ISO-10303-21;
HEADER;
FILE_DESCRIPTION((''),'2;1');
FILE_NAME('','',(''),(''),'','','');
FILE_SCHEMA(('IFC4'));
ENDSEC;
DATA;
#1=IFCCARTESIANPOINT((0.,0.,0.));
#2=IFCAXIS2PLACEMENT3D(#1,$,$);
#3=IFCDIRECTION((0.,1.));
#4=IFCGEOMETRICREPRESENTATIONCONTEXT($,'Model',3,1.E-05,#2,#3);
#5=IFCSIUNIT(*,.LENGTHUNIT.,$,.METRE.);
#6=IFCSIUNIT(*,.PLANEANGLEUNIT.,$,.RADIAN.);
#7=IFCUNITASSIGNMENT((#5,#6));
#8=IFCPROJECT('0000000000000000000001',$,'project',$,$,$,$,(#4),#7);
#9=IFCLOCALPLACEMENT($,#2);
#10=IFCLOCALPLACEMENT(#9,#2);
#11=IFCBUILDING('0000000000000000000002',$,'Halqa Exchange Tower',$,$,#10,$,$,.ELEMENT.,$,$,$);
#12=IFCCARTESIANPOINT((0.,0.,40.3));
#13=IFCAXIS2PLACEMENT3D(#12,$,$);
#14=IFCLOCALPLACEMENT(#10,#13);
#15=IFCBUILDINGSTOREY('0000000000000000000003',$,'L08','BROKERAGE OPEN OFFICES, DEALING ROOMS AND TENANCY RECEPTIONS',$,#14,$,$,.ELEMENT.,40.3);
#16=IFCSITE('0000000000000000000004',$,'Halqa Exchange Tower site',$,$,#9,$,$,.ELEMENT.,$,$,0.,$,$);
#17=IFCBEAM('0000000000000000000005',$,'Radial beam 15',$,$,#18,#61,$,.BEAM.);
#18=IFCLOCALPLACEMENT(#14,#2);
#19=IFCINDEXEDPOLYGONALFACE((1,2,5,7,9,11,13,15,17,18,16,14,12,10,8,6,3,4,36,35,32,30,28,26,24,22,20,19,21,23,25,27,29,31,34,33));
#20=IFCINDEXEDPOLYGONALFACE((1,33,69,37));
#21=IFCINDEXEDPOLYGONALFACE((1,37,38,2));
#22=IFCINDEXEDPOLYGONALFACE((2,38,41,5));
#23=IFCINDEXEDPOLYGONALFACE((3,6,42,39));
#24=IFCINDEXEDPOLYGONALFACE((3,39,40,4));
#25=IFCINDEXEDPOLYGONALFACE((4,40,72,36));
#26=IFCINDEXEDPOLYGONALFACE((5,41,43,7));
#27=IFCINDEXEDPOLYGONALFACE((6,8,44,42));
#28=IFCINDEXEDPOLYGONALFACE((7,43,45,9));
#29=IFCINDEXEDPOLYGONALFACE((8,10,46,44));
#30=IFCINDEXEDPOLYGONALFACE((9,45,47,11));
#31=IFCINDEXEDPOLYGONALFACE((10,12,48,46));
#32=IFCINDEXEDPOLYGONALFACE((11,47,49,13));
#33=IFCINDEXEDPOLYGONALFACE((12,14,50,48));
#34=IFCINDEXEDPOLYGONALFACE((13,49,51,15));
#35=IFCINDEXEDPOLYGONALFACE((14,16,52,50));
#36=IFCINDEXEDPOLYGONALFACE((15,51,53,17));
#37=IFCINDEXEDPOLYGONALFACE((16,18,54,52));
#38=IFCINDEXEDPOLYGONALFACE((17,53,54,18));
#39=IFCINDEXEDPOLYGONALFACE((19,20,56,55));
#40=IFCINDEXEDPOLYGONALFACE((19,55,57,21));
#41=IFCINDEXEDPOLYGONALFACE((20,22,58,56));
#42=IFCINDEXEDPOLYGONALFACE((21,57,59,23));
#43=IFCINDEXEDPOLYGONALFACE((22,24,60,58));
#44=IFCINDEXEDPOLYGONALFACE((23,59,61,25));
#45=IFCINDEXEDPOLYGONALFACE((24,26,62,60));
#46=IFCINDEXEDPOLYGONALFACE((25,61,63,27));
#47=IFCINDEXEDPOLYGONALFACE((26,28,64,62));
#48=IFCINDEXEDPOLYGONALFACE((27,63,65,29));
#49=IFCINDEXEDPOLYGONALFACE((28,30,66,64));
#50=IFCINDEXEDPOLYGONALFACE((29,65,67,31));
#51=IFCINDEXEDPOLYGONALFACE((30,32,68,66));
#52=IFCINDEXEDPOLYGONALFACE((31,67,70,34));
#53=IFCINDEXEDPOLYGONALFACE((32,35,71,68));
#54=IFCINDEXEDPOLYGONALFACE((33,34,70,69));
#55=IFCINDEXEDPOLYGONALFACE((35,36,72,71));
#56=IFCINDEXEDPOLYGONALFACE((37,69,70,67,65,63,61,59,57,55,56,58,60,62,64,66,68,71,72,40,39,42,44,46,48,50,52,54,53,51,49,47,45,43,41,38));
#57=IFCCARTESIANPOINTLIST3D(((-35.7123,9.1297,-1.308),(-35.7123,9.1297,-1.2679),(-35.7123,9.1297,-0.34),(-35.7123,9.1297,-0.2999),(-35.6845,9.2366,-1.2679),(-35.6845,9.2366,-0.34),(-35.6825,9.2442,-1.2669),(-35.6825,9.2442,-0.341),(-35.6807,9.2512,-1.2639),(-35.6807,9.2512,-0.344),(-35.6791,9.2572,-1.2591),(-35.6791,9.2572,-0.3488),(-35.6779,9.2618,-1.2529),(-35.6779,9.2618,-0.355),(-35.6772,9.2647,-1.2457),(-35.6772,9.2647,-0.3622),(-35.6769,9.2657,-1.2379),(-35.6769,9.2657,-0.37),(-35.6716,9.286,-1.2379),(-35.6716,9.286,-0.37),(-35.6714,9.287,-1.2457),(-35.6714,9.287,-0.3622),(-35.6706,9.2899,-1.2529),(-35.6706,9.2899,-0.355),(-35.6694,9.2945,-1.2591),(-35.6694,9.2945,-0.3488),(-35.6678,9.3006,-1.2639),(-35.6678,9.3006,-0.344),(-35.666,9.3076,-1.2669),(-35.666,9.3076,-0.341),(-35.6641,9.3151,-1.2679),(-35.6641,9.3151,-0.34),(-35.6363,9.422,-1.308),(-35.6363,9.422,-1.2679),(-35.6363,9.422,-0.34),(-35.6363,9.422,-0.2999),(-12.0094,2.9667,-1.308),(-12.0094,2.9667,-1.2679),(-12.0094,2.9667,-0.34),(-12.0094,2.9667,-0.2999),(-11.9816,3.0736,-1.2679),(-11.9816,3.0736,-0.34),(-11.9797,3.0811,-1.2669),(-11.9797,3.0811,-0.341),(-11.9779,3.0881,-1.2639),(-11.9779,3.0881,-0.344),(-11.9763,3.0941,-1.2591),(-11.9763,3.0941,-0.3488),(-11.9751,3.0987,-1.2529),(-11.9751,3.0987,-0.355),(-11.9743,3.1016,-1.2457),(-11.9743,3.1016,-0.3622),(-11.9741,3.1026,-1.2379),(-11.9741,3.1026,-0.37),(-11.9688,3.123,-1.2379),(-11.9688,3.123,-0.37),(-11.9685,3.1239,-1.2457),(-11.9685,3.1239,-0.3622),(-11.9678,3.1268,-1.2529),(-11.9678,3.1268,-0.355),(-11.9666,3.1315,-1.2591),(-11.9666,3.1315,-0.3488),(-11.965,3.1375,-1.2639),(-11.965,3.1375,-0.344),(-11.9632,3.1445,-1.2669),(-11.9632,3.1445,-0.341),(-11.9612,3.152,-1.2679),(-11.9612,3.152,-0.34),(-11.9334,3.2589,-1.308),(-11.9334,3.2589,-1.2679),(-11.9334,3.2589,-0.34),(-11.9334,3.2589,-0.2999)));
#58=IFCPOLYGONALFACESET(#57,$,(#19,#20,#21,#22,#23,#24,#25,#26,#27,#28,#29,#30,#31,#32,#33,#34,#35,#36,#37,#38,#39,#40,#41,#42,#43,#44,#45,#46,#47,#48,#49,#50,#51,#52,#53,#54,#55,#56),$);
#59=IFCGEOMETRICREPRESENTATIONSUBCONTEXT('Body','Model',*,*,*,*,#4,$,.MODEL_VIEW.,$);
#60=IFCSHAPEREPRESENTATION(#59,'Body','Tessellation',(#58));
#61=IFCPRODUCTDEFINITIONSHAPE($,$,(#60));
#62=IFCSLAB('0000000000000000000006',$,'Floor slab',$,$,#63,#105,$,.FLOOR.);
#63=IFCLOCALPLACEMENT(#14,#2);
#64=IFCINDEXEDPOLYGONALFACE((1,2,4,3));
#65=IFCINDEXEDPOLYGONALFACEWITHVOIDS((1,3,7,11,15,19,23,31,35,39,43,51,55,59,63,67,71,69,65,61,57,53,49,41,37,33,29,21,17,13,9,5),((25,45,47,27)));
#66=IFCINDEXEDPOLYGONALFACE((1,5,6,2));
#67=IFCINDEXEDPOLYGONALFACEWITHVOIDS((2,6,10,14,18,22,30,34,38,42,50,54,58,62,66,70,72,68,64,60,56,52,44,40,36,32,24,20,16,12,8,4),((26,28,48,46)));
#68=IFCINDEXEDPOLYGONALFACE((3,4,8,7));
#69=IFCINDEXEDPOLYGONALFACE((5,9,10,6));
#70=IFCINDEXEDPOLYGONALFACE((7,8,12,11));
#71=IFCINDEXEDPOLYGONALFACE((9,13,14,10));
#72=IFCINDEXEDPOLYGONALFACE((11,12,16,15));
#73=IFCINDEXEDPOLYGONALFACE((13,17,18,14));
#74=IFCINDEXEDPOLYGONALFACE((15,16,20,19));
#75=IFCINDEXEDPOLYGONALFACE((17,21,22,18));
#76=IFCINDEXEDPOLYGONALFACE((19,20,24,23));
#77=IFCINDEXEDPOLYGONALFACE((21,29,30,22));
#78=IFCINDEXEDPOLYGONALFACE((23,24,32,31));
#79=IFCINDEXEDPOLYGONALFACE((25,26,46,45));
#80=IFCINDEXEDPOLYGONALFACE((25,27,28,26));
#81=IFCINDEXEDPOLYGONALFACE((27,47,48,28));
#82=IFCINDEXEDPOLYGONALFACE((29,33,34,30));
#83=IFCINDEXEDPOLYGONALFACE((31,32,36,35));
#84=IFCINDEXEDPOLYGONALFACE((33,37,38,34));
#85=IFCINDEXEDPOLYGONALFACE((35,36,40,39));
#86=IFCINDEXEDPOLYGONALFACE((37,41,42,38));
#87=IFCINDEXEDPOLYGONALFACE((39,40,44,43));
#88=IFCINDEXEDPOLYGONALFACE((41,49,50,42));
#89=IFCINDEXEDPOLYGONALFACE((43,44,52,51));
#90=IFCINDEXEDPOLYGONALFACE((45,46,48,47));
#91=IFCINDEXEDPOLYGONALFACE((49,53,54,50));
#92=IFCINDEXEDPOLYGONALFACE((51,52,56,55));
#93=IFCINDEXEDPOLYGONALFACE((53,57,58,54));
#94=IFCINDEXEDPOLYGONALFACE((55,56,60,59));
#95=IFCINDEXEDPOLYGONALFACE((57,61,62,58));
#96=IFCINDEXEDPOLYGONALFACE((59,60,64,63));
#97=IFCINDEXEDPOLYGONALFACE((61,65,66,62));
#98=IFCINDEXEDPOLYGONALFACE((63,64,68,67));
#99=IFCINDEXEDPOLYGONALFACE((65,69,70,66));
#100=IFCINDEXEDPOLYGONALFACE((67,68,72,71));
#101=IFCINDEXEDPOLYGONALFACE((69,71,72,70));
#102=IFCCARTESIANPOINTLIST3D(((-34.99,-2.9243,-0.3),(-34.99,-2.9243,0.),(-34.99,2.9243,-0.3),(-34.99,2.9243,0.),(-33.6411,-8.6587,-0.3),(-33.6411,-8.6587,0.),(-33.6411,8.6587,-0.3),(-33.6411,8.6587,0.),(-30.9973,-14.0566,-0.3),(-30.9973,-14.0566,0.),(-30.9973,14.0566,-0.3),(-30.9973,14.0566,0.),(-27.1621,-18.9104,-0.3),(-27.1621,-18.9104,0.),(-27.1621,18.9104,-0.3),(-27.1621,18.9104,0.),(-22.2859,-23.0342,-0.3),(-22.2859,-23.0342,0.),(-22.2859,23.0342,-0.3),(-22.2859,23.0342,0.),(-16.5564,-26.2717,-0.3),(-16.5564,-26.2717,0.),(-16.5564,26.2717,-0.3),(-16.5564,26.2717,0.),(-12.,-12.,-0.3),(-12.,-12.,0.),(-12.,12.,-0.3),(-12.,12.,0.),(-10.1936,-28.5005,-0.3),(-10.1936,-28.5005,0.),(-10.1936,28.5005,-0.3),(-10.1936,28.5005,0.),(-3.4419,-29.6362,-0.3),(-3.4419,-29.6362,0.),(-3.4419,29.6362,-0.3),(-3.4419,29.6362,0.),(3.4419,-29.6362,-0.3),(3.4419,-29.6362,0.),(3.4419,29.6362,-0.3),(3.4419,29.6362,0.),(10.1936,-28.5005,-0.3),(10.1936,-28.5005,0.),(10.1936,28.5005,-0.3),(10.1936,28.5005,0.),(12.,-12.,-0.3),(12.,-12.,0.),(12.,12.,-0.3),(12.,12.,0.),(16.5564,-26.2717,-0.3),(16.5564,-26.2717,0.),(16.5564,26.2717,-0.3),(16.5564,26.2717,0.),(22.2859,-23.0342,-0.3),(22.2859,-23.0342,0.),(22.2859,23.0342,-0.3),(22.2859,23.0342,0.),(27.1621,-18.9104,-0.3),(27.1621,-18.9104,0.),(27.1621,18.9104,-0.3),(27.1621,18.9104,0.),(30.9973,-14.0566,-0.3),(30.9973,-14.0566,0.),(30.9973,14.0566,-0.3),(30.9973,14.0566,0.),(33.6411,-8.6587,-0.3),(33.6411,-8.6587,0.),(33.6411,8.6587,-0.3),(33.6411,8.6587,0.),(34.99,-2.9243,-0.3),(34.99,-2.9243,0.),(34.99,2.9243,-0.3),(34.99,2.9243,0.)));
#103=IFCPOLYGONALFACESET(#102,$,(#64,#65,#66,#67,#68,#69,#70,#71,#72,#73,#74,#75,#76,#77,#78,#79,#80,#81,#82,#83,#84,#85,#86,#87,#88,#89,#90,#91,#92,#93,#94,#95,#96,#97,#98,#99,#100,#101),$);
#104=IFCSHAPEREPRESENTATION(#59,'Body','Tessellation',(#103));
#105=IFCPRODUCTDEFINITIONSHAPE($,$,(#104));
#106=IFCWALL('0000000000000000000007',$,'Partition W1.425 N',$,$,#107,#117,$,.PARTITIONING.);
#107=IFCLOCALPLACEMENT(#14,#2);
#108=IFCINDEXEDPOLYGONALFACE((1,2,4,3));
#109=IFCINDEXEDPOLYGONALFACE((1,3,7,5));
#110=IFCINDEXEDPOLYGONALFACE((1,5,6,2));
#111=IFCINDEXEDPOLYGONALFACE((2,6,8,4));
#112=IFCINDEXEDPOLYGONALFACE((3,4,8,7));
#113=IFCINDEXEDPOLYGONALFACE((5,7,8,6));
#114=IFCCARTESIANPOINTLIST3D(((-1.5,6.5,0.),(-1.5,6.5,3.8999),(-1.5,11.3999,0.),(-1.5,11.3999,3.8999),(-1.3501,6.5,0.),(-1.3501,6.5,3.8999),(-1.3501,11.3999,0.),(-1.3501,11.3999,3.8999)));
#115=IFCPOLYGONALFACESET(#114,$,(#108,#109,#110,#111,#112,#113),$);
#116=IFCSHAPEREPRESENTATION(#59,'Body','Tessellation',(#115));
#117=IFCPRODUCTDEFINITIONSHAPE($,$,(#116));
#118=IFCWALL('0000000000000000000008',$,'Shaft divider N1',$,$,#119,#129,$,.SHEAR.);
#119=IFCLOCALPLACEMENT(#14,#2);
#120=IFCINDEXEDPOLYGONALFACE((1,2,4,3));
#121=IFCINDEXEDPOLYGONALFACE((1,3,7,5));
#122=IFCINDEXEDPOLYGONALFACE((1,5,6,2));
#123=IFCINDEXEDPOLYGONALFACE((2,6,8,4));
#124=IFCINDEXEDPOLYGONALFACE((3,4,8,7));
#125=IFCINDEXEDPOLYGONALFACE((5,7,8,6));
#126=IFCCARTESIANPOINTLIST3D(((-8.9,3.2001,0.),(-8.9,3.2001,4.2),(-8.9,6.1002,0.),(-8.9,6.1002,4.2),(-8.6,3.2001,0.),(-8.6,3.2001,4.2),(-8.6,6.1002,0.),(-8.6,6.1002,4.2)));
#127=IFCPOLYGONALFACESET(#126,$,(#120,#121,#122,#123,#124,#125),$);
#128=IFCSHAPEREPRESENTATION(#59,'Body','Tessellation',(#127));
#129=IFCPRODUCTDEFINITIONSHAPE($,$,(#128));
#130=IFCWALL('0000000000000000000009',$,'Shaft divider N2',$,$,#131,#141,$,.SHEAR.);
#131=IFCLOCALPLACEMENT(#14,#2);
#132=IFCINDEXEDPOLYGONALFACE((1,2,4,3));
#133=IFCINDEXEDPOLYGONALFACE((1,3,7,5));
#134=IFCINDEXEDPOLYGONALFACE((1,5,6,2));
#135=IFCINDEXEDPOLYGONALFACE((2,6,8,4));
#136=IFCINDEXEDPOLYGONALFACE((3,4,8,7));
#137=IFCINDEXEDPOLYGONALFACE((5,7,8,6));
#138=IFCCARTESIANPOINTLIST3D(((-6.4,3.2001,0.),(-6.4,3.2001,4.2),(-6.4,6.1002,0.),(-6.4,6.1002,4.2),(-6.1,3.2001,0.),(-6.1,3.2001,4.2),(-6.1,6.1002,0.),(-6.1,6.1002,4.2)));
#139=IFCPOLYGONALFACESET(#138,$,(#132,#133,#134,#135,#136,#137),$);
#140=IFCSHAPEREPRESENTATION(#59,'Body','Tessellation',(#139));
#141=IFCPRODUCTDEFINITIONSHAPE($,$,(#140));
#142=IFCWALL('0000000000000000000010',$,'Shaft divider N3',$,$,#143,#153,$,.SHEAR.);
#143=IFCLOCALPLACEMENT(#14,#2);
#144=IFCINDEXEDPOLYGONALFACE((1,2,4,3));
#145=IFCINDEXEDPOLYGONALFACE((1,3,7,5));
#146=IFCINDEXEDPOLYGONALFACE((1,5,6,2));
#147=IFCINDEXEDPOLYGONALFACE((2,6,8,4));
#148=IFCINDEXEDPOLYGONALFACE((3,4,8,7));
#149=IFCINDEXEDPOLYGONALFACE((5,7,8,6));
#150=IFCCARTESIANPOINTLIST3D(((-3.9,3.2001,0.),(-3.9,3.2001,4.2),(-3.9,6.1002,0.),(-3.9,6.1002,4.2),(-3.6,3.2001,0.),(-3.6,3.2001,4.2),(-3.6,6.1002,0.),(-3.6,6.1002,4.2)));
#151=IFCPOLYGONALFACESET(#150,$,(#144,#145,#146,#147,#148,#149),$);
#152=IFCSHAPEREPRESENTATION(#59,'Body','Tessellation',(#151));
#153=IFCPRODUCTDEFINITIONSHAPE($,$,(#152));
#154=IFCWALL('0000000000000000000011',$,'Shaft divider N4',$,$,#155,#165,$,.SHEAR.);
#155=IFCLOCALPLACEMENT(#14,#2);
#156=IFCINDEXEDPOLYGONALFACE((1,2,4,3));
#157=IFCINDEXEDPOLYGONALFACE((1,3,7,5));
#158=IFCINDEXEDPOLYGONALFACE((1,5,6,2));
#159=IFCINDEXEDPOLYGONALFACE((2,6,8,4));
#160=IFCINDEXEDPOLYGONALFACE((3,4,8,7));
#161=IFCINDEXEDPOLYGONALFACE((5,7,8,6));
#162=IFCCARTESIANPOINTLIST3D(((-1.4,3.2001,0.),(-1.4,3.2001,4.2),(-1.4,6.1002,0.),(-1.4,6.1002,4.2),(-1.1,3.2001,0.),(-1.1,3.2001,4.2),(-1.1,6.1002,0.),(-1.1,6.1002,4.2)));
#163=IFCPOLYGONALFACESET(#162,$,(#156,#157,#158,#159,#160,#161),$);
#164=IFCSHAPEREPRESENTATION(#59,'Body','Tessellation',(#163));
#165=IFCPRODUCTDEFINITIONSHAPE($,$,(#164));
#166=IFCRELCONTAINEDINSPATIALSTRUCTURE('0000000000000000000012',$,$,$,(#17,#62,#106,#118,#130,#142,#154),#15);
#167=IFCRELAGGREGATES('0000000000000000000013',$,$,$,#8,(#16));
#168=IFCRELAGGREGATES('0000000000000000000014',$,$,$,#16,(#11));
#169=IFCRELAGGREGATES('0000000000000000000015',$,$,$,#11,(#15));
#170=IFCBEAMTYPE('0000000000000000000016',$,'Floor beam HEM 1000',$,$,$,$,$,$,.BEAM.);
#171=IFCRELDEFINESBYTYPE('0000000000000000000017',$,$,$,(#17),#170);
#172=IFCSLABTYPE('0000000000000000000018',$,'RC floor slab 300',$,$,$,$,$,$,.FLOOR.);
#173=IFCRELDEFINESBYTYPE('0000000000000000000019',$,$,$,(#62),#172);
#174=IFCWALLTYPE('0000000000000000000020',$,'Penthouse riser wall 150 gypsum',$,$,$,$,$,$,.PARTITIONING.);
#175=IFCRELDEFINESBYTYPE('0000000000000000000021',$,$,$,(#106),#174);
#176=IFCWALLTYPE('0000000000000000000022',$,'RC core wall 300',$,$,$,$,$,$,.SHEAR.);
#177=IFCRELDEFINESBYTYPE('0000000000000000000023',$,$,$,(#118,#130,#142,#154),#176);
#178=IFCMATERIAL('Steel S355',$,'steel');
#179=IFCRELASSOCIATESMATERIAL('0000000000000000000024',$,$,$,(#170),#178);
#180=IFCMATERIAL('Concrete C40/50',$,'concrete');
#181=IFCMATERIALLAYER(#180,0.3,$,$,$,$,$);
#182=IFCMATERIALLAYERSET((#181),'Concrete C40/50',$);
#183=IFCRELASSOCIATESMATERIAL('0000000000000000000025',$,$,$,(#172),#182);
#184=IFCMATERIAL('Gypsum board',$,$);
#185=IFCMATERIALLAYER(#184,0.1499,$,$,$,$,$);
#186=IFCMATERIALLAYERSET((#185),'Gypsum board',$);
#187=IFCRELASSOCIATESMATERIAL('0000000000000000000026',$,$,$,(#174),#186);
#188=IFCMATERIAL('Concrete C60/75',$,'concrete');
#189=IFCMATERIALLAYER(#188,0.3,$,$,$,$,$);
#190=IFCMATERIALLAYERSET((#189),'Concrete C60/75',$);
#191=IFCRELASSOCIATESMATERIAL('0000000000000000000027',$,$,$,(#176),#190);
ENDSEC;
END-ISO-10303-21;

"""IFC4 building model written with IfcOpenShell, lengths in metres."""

from ifc_helpers import new_model, si_unit, direction, frame, frame_2d, origin, origin_2d, place, context, subcontext, project, spatial, polyline, rectangle, i_section, outline, extrude, material, layer, layer_set, material_profile, profile_set, type_object, element, save


model = new_model("IFC4")

# Units and contexts
model_context = context("Model", 3, precision=1e-05, world=origin(), true_north=direction((0.0, 1.0)))
body_context = subcontext(model_context, "Body", "Model", "MODEL_VIEW")
ifc_project = project(units=[si_unit("LENGTHUNIT", "METRE"), si_unit("PLANEANGLEUNIT", "RADIAN")], contexts=[model_context])

# Site, building, storey
site_placement = place(None, origin())
site = spatial("IfcSite", under=ifc_project, at=site_placement, Name="Halqa Exchange Tower site", CompositionType="ELEMENT", RefElevation=0.0)
building_placement = place(site_placement, origin())
building = spatial("IfcBuilding", under=site, at=building_placement, Name="Halqa Exchange Tower", CompositionType="ELEMENT")
storey_placement = place(building_placement, frame((0.0, 0.0, 40.3)))
storey = spatial("IfcBuildingStorey", under=building, at=storey_placement, Name="L08", Description="BROKERAGE OPEN OFFICES, DEALING ROOMS AND TENANCY RECEPTIONS", CompositionType="ELEMENT", Elevation=40.3)

# Beam
ifc_material_1 = material(Name="Steel S355", Category="steel")
ifc_material_profile = material_profile(ifc_material_1, i_section(OverallWidth=0.302, OverallDepth=1.0081, WebThickness=0.021, FlangeThickness=0.04, FilletRadius=0.03, at=origin_2d()), Name="HEM 1000")
ifc_profile_set = profile_set([ifc_material_profile], Name="Steel S355")
beam_type = type_object("IfcBeamType", Name="Floor beam HEM 1000", PredefinedType="BEAM", material=ifc_profile_set)
beam_placement = place(storey_placement, frame((-11.9714, 3.1128, -0.804), z_axis=(-0.967819, 0.251647, 0.0), x_axis=(-0.251647, -0.967819, 0.0)))
element("IfcBeam", 1, at=beam_placement, inside=storey, type_object=beam_type, Name="Radial beam 15", PredefinedType="BEAM", context=body_context, shape_type="SweptSolid", body=[
    extrude(i_section(OverallWidth=0.302, OverallDepth=1.0081, WebThickness=0.021, FlangeThickness=0.04, FilletRadius=0.03, at=origin_2d()), origin(), (0.0, 0.0, 1.0), 24.491),
])

# Slab
ifc_material_2 = material(Name="Concrete C40/50", Category="concrete")
ifc_layer_1 = layer(ifc_material_2, 0.3)
ifc_layer_set_1 = layer_set([ifc_layer_1], Name="Concrete C40/50")
slab_type = type_object("IfcSlabType", Name="RC floor slab 300", PredefinedType="FLOOR", material=ifc_layer_set_1)
slab_placement = place(storey_placement, frame((0.0, 0.0, -0.3)))
element("IfcSlab", 2, at=slab_placement, inside=storey, type_object=slab_type, Name="Floor slab", PredefinedType="FLOOR", context=body_context, shape_type="SweptSolid", body=[
    extrude(outline(polyline([(34.99, 2.9243), (33.6411, 8.6587), (30.9973, 14.0566), (27.1621, 18.9104), (22.2859, 23.0342), (16.5564, 26.2717), (10.1936, 28.5005), (3.4419, 29.6362), (-3.4419, 29.6362), (-10.1936, 28.5005), (-16.5564, 26.2717), (-22.2859, 23.0342), (-27.1621, 18.9104), (-30.9973, 14.0566), (-33.6411, 8.6587), (-34.99, 2.9243), (-34.99, -2.9243), (-33.6411, -8.6587), (-30.9973, -14.0566), (-27.1621, -18.9104), (-22.2859, -23.0342), (-16.5564, -26.2717), (-10.1936, -28.5005), (-3.4419, -29.6362), (3.4419, -29.6362), (10.1936, -28.5005), (16.5564, -26.2717), (22.2859, -23.0342), (27.1621, -18.9104), (30.9973, -14.0566), (33.6411, -8.6587), (34.99, -2.9243), (34.99, 2.9243)]), holes=[polyline([(-12.0, -12.0), (12.0, -12.0), (12.0, 12.0), (-12.0, 12.0), (-12.0, -12.0)])]), origin(), (0.0, 0.0, 1.0), 0.3),
])

# Walls
ifc_material_3 = material(Name="Gypsum board")
ifc_layer_2 = layer(ifc_material_3, 0.1499)
ifc_layer_set_2 = layer_set([ifc_layer_2], Name="Gypsum board")
wall_type_1 = type_object("IfcWallType", Name="Penthouse riser wall 150 gypsum", PredefinedType="PARTITIONING", material=ifc_layer_set_2)
wall_1_placement = place(storey_placement, frame((-1.425, 6.5, 0.0), z_axis=(0.0, 0.0, 1.0), x_axis=(0.0, 1.0, 0.0)))
element("IfcWall", 3, at=wall_1_placement, inside=storey, type_object=wall_type_1, Name="Partition W1.425 N", PredefinedType="PARTITIONING", context=body_context, shape_type="SweptSolid", body=[
    extrude(rectangle(XDim=4.8999, YDim=0.1499, at=frame_2d((2.45, 0.0))), origin(), (0.0, 0.0, 1.0), 3.8999),
])
ifc_material_4 = material(Name="Concrete C60/75", Category="concrete")
ifc_layer_3 = layer(ifc_material_4, 0.3)
ifc_layer_set_3 = layer_set([ifc_layer_3], Name="Concrete C60/75")
wall_type_2 = type_object("IfcWallType", Name="RC core wall 300", PredefinedType="SHEAR", material=ifc_layer_set_3)
for number, where, z_axis, x_axis, name in (
    (4, (-8.75, 3.2, 0.0), (0.0, 0.0, 1.0), (0.0, 1.0, 0.0), "Shaft divider N1"),
    (5, (-6.25, 3.2, 0.0), (0.0, 0.0, 1.0), (0.0, 1.0, 0.0), "Shaft divider N2"),
    (6, (-3.75, 3.2, 0.0), (0.0, 0.0, 1.0), (0.0, 1.0, 0.0), "Shaft divider N3"),
    (7, (-1.25, 3.2, 0.0), (0.0, 0.0, 1.0), (0.0, 1.0, 0.0), "Shaft divider N4"),
):
    element("IfcWall", number, at=place(storey_placement, frame(where, z_axis=z_axis, x_axis=x_axis)), inside=storey, type_object=wall_type_2, Name=name, PredefinedType="SHEAR", context=body_context, shape_type="SweptSolid", body=[
        extrude(rectangle(XDim=2.9001, YDim=0.3, at=frame_2d((1.4502, 0.0))), origin(), (0.0, 0.0, 1.0), 4.2),
    ])

save(model, "model.ifc")
